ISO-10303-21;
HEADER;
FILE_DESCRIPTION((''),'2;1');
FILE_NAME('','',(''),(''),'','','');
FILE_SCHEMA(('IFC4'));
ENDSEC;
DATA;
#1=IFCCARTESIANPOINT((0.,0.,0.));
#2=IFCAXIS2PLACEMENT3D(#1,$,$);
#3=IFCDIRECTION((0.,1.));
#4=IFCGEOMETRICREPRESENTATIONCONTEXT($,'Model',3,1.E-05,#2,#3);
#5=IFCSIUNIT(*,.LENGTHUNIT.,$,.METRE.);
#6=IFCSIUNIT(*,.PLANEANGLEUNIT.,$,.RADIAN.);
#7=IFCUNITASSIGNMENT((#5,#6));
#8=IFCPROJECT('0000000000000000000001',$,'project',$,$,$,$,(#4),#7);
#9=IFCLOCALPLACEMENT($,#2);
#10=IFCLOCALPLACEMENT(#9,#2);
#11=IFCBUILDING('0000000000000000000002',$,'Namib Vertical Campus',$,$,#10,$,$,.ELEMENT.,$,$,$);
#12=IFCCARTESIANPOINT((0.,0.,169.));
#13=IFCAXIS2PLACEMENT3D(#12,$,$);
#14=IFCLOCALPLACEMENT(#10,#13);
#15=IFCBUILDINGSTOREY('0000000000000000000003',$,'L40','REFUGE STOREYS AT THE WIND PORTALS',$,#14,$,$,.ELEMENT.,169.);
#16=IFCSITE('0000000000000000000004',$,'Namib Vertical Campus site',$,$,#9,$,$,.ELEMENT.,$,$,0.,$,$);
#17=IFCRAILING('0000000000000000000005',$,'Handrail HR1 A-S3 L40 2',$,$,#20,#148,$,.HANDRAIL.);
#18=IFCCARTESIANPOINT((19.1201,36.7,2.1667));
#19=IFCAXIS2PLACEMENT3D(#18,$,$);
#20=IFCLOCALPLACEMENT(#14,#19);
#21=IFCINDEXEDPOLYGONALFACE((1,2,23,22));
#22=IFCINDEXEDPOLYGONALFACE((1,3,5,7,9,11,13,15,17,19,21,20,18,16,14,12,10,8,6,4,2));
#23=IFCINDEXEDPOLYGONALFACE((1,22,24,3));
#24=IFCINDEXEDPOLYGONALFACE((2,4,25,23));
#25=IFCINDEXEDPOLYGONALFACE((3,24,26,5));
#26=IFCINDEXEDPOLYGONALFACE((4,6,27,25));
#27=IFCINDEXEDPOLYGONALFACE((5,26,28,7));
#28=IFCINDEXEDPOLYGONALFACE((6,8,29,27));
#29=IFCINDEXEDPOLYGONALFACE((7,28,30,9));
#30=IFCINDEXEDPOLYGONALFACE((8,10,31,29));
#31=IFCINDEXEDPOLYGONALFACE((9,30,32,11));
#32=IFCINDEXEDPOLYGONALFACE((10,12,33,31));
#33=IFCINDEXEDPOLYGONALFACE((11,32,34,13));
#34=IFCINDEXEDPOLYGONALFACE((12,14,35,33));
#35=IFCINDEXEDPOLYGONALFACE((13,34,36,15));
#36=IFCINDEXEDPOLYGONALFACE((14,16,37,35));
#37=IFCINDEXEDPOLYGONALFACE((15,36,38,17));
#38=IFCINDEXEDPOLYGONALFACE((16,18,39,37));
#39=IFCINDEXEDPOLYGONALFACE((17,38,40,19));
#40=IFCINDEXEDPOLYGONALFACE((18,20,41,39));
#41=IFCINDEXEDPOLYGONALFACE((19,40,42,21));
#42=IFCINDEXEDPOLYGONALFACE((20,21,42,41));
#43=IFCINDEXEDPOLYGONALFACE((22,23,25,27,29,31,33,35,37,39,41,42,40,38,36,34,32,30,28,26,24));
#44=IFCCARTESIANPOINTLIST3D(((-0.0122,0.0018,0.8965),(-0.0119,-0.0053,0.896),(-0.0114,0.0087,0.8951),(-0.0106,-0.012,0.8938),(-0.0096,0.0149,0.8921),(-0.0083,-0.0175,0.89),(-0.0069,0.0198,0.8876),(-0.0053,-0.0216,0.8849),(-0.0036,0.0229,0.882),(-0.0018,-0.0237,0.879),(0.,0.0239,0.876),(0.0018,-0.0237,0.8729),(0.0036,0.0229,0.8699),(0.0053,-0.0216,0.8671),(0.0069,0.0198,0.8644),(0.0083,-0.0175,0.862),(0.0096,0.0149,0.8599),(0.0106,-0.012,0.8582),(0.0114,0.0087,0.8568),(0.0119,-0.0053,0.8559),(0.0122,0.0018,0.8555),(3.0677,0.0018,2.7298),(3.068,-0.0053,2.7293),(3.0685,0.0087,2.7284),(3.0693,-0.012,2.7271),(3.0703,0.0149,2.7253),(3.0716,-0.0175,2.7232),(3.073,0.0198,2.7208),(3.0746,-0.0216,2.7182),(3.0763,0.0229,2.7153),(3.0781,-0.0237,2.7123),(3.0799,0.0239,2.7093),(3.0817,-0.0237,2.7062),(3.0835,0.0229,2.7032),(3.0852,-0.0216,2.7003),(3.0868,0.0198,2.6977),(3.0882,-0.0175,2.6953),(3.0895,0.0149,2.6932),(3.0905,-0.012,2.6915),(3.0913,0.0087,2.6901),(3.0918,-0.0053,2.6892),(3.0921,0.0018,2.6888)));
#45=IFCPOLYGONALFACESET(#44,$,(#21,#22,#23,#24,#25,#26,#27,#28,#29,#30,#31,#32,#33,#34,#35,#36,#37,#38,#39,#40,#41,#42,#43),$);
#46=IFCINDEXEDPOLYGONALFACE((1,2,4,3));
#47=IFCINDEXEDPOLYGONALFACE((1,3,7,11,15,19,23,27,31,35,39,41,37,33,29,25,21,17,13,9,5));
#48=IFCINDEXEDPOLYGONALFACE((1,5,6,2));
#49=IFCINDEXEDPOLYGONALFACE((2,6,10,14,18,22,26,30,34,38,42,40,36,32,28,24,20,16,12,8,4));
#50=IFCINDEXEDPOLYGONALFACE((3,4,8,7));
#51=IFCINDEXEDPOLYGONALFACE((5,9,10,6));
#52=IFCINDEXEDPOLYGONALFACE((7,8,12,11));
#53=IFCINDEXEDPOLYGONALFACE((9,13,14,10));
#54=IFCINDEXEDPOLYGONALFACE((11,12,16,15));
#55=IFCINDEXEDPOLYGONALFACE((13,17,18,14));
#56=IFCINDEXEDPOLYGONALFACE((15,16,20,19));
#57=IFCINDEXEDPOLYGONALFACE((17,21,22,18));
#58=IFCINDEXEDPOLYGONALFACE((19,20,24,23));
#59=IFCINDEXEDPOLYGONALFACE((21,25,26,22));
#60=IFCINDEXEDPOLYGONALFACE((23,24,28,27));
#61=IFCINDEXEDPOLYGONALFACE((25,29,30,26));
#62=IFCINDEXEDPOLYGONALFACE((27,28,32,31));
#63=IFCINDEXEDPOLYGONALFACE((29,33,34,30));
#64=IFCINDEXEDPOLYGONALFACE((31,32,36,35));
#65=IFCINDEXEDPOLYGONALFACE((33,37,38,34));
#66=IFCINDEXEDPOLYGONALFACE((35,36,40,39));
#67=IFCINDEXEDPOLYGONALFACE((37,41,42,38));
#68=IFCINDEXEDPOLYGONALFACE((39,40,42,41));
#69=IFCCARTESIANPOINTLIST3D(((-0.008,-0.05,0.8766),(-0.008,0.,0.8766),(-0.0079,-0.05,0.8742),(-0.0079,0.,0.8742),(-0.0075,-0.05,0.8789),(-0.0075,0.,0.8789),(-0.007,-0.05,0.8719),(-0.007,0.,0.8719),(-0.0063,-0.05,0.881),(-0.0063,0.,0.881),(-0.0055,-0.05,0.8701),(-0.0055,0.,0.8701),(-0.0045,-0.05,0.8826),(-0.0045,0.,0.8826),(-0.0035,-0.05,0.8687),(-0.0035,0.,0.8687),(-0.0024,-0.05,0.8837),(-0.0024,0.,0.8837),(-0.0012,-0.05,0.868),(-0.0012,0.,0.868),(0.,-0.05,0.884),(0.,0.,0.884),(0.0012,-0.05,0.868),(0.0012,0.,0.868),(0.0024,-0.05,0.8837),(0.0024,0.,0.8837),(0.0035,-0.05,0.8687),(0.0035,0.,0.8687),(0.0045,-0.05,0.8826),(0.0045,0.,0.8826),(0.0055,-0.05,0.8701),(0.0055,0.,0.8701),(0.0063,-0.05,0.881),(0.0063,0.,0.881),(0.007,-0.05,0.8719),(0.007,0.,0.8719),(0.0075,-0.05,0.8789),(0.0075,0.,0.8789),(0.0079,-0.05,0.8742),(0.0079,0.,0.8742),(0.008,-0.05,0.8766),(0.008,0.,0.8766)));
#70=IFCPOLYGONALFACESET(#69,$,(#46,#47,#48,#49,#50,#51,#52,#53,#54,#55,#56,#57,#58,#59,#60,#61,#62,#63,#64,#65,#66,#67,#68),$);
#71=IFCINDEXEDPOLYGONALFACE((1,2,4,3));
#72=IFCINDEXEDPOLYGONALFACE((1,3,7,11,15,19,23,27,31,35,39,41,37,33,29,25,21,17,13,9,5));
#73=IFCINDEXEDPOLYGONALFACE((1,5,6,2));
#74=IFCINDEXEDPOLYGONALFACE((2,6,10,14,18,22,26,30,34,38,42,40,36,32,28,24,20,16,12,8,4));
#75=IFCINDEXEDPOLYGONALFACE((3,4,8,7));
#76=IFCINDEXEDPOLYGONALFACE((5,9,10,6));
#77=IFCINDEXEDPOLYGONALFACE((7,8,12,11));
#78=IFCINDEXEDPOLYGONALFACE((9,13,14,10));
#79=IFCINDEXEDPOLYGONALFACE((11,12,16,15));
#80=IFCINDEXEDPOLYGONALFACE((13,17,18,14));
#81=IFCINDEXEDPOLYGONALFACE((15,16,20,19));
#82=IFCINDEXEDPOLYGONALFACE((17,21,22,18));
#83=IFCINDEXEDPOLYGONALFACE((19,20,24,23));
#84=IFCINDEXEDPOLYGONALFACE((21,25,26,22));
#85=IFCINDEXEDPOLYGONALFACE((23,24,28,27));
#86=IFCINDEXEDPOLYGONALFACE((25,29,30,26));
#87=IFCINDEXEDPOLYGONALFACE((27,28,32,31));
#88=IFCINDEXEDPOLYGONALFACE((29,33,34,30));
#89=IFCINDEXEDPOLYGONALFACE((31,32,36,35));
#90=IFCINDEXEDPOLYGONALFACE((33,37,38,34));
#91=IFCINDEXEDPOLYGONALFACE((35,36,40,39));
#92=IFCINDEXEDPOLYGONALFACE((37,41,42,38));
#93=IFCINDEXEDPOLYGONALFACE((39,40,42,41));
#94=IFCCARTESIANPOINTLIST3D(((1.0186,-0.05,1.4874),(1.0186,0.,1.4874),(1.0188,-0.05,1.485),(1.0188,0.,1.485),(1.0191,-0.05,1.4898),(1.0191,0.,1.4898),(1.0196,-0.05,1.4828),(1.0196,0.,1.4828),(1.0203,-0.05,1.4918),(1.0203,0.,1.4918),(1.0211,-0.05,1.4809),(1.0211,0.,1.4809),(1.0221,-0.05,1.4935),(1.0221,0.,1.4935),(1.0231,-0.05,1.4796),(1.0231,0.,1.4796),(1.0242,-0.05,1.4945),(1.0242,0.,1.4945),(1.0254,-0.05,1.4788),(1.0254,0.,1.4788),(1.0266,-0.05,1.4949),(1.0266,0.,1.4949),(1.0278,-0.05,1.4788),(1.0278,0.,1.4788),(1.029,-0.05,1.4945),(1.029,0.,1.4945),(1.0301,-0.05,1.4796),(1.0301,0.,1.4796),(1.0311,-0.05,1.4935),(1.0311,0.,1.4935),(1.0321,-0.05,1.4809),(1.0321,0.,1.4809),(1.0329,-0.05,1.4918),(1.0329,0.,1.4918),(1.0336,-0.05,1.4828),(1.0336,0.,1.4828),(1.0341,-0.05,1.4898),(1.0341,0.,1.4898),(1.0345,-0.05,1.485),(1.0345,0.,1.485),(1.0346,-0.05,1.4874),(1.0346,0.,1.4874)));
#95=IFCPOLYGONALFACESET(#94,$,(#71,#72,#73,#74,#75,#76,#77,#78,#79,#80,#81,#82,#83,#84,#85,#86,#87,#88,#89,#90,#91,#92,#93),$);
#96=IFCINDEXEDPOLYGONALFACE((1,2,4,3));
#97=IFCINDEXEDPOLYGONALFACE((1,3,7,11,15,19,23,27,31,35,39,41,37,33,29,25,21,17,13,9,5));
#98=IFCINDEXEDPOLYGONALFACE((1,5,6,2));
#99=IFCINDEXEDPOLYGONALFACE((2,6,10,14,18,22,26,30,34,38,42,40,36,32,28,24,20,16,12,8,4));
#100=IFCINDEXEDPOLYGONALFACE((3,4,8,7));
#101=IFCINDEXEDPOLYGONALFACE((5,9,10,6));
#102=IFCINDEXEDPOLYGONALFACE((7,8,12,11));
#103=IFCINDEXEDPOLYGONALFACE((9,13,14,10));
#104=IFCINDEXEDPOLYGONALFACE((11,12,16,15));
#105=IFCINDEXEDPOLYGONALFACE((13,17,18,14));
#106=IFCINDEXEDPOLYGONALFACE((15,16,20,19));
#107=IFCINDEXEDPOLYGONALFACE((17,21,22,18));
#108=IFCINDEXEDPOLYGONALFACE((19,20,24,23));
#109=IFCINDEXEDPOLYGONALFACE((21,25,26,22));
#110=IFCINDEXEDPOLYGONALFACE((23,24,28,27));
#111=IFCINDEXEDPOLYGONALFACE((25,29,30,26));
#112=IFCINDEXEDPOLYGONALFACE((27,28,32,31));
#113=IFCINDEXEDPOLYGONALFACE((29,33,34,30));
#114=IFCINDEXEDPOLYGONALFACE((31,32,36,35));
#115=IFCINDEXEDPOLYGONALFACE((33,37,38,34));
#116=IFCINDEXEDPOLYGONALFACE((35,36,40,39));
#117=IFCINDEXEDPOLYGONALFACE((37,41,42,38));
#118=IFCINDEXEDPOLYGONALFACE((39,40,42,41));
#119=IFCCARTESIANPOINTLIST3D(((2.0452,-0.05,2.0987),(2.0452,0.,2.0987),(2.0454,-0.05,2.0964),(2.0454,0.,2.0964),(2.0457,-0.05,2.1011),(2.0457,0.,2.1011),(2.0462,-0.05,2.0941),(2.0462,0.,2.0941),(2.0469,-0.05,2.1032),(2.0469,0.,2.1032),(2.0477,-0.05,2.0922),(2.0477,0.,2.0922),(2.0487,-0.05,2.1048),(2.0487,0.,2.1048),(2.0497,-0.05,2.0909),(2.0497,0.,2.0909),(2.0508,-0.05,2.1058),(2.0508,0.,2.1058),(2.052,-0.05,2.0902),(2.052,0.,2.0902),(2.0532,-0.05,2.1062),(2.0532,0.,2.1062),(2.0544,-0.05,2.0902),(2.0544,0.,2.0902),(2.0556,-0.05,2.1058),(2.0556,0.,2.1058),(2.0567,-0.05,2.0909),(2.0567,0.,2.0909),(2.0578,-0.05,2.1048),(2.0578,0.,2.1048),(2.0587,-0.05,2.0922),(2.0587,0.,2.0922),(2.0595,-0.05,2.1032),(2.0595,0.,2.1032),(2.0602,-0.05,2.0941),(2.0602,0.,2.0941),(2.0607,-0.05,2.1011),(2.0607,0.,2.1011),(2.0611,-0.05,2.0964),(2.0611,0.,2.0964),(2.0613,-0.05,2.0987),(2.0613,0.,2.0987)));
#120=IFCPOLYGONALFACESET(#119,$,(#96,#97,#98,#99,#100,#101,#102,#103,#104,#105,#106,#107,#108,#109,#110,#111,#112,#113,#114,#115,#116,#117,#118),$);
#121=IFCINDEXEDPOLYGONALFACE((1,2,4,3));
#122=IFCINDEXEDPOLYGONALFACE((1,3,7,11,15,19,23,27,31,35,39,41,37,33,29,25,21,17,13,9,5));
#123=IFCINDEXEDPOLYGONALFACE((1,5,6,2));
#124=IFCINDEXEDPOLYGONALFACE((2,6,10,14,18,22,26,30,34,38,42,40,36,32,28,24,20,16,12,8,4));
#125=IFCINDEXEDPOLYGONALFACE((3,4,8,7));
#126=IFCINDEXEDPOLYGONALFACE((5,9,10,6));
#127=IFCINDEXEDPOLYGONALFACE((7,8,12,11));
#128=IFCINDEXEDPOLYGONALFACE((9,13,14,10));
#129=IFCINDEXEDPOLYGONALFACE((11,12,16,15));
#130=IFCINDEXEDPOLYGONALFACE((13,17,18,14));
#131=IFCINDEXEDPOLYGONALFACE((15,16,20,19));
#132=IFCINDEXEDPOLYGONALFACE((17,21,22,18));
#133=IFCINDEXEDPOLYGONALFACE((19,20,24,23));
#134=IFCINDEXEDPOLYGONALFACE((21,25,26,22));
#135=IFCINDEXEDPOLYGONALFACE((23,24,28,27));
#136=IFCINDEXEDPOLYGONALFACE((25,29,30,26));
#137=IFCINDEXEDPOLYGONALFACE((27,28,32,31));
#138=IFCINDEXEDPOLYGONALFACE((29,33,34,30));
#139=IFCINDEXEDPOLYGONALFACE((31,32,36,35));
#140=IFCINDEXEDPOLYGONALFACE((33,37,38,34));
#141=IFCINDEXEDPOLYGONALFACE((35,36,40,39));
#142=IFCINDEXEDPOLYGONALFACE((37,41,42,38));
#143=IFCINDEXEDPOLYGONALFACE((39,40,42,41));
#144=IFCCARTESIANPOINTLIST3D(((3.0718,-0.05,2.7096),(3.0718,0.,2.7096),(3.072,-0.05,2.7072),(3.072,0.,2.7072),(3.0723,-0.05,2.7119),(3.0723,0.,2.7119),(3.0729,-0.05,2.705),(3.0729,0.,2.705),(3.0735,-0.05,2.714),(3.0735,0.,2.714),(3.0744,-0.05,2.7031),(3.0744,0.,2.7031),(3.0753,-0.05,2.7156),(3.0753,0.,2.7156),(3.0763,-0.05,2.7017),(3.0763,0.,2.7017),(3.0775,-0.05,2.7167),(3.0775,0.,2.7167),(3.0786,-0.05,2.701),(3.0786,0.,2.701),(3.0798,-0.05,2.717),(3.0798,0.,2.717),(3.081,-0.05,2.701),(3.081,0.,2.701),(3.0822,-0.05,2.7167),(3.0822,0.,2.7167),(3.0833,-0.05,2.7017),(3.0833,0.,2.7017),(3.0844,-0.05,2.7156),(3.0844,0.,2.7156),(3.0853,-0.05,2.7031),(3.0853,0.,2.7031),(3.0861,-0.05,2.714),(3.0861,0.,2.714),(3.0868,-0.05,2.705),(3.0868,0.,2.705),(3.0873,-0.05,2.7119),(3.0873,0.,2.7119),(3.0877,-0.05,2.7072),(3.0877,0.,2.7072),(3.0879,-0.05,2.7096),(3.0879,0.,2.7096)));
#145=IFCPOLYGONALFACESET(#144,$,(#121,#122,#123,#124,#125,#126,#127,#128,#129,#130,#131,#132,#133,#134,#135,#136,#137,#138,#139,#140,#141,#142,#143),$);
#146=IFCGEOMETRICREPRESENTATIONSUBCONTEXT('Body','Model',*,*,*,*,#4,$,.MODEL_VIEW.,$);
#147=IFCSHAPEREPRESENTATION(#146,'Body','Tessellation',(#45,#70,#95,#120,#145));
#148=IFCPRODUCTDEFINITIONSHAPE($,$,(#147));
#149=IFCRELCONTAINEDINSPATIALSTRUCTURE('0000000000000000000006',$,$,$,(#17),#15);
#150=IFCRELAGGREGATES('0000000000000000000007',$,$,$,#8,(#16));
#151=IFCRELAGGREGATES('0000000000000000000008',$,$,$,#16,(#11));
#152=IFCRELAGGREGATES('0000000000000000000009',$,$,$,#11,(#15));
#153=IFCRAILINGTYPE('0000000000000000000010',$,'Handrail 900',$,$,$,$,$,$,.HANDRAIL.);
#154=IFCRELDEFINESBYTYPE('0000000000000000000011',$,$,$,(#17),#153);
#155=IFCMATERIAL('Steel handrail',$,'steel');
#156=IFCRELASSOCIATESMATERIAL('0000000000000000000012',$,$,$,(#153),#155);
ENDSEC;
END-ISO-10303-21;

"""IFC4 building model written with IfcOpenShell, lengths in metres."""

from ifc_helpers import new_model, si_unit, direction, frame, origin, origin_2d, place, context, subcontext, project, spatial, circle, extrude, material, type_object, element, save


model = new_model("IFC4")

# Units and contexts
model_context = context("Model", 3, precision=1e-05, world=origin(), true_north=direction((0.0, 1.0)))
body_context = subcontext(model_context, "Body", "Model", "MODEL_VIEW")
ifc_project = project(units=[si_unit("LENGTHUNIT", "METRE"), si_unit("PLANEANGLEUNIT", "RADIAN")], contexts=[model_context])

# Site, building, storey
site_placement = place(None, origin())
site = spatial("IfcSite", under=ifc_project, at=site_placement, Name="Namib Vertical Campus site", CompositionType="ELEMENT", RefElevation=0.0)
building_placement = place(site_placement, origin())
building = spatial("IfcBuilding", under=site, at=building_placement, Name="Namib Vertical Campus", CompositionType="ELEMENT")
storey_placement = place(building_placement, frame((0.0, 0.0, 169.0)))
storey = spatial("IfcBuildingStorey", under=building, at=storey_placement, Name="L40", Description="REFUGE STOREYS AT THE WIND PORTALS", CompositionType="ELEMENT", Elevation=169.0)

# Railing
ifc_material_1 = material(Name="Steel handrail", Category="steel")
railing_type_1 = type_object("IfcRailingType", Name="Handrail 900", PredefinedType="HANDRAIL", material=ifc_material_1)
for number, where, name in (
    (1, (19.1201, 36.7, 2.1667), "Handrail HR1 A-S3 L40 2"),
):
    element("IfcRailing", number, at=place(storey_placement, frame(where)), inside=storey, type_object=railing_type_1, Name=name, PredefinedType="HANDRAIL", context=body_context, shape_type="SweptSolid", body=[
        extrude(circle(Radius=0.0239, at=origin_2d()), frame((0.0, 0.0, 0.876), z_axis=(0.859291, 0.0, 0.511487), x_axis=(0.0, 1.0, 0.0)), (0.0, 0.0, 1.0), 3.5842),
        extrude(circle(Radius=0.0081, at=origin_2d()), frame((0.0, 0.0, 0.876), z_axis=(0.0, -1.0, 0.0), x_axis=(0.0, 0.0, 1.0)), (0.0, 0.0, 1.0), 0.05),
        extrude(circle(Radius=0.0081, at=origin_2d()), frame((1.0266, 0.0, 1.4868), z_axis=(0.0, -1.0, 0.0), x_axis=(0.0, 0.0, 1.0)), (0.0, 0.0, 1.0), 0.05),
        extrude(circle(Radius=0.0081, at=origin_2d()), frame((2.0532, 0.0, 2.0981), z_axis=(0.0, -1.0, 0.0), x_axis=(0.0, 0.0, 1.0)), (0.0, 0.0, 1.0), 0.05),
        extrude(circle(Radius=0.0081, at=origin_2d()), frame((3.0798, 0.0, 2.709), z_axis=(0.0, -1.0, 0.0), x_axis=(0.0, 0.0, 1.0)), (0.0, 0.0, 1.0), 0.05),
    ])

save(model, "model.ifc")
